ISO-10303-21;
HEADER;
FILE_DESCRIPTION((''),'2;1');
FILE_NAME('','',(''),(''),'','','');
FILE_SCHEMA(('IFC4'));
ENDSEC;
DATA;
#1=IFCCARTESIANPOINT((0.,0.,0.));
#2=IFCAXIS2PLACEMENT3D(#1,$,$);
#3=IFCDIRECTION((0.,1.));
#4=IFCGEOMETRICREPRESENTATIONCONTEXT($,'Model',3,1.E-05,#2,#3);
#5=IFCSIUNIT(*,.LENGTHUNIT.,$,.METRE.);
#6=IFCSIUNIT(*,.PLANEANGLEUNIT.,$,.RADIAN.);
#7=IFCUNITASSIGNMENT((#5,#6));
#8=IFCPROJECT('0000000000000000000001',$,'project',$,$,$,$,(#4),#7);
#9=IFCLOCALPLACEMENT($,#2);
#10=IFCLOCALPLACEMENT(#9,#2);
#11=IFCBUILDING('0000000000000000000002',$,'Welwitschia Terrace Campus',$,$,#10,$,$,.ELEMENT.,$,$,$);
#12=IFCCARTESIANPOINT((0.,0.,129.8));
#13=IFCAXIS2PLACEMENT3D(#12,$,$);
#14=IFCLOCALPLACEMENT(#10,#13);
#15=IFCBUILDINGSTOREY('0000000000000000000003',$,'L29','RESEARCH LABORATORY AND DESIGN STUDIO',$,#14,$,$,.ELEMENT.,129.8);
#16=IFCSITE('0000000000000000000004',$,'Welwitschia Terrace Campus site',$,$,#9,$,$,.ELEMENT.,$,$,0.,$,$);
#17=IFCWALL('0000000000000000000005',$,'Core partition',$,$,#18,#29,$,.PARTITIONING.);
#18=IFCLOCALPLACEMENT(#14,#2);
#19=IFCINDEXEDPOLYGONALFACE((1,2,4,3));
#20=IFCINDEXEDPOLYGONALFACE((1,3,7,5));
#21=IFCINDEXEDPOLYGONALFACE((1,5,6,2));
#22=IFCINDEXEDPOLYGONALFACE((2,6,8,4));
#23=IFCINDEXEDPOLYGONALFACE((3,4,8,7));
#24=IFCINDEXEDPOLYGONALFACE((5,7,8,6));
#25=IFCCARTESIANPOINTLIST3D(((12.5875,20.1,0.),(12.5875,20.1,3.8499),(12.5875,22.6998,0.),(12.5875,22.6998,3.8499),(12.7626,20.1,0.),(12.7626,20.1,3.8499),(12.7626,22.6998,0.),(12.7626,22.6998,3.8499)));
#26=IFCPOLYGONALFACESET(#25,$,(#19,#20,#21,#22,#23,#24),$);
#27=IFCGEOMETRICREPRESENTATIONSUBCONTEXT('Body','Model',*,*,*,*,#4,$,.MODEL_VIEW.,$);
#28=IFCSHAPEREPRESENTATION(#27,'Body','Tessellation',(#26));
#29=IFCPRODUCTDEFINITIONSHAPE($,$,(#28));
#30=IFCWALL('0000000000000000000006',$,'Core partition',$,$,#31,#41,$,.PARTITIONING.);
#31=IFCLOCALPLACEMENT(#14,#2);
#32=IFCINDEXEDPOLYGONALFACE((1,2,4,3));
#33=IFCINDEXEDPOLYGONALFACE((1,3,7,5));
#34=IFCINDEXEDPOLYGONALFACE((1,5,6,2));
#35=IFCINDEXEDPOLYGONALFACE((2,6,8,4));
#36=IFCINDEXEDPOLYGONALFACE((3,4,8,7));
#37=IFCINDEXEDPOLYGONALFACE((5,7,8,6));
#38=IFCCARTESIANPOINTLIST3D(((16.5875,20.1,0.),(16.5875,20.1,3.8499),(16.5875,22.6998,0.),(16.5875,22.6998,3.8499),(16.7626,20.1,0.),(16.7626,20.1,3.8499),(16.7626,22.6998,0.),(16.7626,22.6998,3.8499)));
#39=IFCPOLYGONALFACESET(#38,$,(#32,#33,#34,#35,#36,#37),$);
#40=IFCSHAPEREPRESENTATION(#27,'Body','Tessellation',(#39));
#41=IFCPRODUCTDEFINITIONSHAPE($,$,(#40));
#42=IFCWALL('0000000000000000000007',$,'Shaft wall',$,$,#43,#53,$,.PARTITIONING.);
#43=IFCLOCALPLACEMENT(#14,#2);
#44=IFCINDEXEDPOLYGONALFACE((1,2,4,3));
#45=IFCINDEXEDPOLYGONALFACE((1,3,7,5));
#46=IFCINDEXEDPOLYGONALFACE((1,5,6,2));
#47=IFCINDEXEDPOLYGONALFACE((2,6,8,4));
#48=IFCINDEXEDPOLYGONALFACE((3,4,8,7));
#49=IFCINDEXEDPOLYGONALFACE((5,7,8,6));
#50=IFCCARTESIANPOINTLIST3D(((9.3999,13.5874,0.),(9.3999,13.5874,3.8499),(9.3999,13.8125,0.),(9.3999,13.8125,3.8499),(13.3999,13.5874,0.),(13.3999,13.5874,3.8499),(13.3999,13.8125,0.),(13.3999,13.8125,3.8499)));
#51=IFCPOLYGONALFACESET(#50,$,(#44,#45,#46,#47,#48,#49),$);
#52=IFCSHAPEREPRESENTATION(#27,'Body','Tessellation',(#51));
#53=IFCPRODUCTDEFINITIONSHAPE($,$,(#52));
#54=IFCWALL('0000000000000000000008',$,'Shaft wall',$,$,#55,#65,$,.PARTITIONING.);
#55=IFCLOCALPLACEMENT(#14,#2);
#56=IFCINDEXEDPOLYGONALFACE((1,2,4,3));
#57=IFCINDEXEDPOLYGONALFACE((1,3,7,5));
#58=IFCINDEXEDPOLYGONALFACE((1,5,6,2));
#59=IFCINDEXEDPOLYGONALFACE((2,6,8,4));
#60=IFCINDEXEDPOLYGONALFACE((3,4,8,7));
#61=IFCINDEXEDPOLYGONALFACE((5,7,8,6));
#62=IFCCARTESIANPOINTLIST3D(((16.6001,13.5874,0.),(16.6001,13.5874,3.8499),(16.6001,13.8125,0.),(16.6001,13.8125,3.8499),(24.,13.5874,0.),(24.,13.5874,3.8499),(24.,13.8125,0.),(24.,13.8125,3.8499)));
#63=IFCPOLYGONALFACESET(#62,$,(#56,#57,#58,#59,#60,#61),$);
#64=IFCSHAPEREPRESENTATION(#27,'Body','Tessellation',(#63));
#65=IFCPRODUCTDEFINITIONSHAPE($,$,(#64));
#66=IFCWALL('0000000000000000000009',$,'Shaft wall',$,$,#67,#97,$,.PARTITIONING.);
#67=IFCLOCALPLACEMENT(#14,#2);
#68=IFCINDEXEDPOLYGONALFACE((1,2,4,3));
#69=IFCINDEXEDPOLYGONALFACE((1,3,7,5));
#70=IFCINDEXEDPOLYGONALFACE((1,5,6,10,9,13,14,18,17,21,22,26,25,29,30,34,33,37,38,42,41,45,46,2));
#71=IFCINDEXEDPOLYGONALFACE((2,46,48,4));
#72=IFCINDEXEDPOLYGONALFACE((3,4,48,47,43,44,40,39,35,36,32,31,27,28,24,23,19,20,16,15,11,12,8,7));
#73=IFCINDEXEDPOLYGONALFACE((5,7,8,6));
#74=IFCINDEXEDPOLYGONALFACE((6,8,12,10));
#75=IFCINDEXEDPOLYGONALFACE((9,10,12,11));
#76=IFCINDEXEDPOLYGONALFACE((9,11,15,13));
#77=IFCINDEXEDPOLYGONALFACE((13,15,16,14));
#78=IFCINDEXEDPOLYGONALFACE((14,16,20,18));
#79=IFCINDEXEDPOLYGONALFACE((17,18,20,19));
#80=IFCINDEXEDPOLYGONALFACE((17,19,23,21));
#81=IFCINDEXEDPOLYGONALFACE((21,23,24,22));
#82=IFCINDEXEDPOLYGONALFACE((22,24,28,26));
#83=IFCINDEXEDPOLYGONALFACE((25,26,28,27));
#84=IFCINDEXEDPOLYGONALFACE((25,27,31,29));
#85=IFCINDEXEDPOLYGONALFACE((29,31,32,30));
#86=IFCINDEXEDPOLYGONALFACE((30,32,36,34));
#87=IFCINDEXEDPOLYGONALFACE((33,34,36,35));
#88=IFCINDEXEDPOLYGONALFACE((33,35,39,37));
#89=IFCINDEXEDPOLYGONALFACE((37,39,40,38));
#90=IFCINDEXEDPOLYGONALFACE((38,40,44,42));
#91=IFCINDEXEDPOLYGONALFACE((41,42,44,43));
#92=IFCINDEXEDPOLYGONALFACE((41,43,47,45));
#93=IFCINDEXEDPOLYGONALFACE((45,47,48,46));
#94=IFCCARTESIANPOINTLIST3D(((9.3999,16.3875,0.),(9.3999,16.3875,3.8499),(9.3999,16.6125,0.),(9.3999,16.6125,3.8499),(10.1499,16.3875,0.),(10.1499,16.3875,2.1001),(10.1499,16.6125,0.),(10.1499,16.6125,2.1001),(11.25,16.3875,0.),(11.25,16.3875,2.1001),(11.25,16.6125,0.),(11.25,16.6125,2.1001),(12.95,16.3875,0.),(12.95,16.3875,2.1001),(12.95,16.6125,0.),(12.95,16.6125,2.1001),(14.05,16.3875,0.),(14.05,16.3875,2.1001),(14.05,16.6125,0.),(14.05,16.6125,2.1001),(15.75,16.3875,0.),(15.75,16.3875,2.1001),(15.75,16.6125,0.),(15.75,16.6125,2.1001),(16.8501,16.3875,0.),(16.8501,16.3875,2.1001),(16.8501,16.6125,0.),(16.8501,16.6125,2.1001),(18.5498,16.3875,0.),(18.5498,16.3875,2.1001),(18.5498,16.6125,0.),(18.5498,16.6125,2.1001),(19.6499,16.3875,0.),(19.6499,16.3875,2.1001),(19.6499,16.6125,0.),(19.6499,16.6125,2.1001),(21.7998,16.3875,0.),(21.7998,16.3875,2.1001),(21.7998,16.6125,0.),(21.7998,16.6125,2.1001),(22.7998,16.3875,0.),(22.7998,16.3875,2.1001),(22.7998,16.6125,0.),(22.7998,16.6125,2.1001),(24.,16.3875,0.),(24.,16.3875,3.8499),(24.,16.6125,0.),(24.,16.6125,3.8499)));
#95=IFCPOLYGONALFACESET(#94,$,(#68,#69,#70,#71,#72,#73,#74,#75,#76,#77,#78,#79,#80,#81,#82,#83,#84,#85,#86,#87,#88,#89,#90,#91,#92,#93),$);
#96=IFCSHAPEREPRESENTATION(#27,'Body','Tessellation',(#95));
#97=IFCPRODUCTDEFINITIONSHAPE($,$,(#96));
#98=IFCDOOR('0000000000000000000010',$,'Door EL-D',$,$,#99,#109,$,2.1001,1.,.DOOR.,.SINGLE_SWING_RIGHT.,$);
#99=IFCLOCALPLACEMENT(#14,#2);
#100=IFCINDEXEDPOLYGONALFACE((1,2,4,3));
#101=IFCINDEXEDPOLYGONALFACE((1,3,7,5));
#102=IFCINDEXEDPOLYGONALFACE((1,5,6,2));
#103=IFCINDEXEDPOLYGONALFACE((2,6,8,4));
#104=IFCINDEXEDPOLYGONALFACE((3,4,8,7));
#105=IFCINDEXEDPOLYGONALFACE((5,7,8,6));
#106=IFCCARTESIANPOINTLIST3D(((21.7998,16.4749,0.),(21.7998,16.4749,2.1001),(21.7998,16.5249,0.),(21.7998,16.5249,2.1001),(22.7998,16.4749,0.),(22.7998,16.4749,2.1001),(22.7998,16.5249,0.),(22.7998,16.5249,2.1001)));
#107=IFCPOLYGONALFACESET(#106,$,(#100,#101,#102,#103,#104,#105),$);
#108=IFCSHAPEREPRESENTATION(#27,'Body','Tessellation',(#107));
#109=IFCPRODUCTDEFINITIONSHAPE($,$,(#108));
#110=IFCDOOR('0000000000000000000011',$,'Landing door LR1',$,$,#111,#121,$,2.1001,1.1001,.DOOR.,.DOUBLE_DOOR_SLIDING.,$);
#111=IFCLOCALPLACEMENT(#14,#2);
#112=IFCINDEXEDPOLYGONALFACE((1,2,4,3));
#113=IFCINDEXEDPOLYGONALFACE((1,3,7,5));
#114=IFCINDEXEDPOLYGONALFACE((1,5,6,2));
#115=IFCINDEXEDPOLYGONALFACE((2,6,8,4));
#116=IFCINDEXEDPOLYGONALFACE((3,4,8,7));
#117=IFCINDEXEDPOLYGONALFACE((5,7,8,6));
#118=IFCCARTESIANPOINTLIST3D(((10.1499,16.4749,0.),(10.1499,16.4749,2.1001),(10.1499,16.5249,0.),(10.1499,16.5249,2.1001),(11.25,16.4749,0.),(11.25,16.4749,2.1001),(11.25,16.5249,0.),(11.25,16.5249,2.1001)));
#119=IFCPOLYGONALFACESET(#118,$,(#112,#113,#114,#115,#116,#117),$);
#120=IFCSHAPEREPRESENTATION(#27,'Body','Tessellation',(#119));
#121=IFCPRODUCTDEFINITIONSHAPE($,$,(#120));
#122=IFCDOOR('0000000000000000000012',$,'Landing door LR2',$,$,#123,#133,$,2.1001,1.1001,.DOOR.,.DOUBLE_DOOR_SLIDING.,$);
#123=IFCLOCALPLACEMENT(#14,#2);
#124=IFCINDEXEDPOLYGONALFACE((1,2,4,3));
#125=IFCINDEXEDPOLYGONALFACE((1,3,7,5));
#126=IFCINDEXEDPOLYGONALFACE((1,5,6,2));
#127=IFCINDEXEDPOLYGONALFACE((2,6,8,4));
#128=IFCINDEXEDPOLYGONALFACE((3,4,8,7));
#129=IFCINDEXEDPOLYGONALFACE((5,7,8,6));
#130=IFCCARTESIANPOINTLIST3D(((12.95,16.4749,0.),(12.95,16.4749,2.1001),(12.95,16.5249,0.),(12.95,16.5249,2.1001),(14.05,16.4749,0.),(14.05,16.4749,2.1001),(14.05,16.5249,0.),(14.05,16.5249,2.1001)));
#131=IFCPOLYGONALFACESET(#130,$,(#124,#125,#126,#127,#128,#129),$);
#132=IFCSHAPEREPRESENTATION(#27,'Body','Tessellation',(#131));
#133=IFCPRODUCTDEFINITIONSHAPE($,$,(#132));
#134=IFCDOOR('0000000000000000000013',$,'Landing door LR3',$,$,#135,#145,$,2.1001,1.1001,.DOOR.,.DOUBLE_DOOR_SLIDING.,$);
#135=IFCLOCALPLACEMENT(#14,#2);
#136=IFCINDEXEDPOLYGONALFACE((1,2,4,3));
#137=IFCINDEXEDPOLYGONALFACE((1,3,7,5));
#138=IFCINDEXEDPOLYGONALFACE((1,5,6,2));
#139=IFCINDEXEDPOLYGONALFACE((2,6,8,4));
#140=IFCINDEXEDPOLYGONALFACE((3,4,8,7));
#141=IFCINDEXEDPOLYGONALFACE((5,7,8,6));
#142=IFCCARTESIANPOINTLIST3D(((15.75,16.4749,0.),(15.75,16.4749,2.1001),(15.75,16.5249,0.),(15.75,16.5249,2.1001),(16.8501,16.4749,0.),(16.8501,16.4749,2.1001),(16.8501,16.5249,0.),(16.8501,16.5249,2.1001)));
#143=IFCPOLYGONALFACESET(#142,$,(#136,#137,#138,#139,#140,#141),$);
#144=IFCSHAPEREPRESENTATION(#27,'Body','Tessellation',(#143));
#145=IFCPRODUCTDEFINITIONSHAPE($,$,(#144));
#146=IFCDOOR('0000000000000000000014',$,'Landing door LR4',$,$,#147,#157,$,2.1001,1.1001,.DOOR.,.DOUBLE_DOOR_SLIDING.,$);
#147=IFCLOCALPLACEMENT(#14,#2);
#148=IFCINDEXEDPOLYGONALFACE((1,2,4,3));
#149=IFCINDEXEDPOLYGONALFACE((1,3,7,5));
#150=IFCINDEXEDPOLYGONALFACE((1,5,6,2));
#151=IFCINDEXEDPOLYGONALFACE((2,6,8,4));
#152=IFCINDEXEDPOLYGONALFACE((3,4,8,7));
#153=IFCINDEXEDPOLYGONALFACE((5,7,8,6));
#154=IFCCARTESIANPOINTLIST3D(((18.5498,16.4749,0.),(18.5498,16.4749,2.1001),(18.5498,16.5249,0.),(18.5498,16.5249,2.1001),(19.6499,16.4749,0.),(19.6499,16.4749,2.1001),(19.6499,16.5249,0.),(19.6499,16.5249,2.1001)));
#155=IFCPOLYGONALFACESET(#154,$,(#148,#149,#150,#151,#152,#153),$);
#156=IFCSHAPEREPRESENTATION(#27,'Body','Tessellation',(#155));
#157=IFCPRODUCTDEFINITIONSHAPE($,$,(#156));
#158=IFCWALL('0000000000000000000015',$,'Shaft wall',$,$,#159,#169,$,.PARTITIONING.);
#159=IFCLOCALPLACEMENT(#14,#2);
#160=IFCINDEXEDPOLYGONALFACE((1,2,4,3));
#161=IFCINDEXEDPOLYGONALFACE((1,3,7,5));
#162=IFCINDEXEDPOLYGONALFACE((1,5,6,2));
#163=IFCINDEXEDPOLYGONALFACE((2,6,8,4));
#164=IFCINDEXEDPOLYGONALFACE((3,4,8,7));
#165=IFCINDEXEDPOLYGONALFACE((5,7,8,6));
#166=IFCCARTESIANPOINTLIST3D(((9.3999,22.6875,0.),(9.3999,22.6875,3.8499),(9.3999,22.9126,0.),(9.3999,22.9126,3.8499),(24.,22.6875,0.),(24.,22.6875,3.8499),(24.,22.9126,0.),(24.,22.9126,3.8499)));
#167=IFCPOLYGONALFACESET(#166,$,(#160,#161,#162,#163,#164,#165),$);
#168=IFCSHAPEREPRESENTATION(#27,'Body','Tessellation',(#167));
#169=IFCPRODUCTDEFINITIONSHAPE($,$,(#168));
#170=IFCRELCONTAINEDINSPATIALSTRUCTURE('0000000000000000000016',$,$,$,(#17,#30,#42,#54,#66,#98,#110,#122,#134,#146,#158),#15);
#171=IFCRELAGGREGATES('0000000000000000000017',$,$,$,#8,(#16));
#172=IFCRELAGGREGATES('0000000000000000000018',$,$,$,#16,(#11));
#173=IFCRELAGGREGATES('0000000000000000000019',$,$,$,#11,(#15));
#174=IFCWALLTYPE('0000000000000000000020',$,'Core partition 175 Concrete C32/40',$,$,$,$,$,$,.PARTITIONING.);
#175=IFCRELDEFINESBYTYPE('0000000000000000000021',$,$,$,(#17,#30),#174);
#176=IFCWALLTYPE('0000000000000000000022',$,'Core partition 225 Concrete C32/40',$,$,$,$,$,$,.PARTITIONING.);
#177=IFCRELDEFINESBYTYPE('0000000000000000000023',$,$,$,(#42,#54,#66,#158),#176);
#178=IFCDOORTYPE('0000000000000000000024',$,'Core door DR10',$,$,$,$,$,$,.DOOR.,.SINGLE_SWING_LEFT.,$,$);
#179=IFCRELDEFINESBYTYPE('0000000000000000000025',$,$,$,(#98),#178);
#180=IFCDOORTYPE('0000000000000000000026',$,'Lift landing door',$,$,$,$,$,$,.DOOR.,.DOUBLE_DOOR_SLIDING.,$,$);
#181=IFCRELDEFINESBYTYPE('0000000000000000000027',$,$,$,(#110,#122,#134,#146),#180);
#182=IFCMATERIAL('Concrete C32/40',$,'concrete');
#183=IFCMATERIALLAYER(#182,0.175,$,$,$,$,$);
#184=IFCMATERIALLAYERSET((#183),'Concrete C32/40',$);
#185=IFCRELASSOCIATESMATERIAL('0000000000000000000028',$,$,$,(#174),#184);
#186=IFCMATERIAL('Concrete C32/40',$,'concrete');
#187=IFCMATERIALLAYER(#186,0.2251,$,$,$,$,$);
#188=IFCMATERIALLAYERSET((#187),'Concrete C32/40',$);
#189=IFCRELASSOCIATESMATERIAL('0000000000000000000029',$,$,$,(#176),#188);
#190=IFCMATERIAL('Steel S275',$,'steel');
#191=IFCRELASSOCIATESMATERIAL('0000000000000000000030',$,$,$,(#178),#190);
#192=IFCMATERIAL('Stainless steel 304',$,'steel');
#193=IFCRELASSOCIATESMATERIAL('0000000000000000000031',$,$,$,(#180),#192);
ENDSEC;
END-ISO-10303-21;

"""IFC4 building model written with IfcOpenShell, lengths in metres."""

from ifc_helpers import new_model, si_unit, direction, frame, frame_2d, origin, place, context, subcontext, project, spatial, rectangle, extrude, material, layer, layer_set, type_object, element, fill, save


model = new_model("IFC4")

# Units and contexts
model_context = context("Model", 3, precision=1e-05, world=origin(), true_north=direction((0.0, 1.0)))
body_context = subcontext(model_context, "Body", "Model", "MODEL_VIEW")
ifc_project = project(units=[si_unit("LENGTHUNIT", "METRE"), si_unit("PLANEANGLEUNIT", "RADIAN")], contexts=[model_context])

# Site, building, storey
site_placement = place(None, origin())
site = spatial("IfcSite", under=ifc_project, at=site_placement, Name="Welwitschia Terrace Campus site", CompositionType="ELEMENT", RefElevation=0.0)
building_placement = place(site_placement, origin())
building = spatial("IfcBuilding", under=site, at=building_placement, Name="Welwitschia Terrace Campus", CompositionType="ELEMENT")
storey_placement = place(building_placement, frame((0.0, 0.0, 129.8)))
storey = spatial("IfcBuildingStorey", under=building, at=storey_placement, Name="L29", Description="RESEARCH LABORATORY AND DESIGN STUDIO", CompositionType="ELEMENT", Elevation=129.8)

# Walls
ifc_material_1 = material(Name="Concrete C32/40", Category="concrete")
ifc_layer_1 = layer(ifc_material_1, 0.175)
ifc_layer_set_1 = layer_set([ifc_layer_1], Name="Concrete C32/40")
wall_type_1 = type_object("IfcWallType", Name="Core partition 175 Concrete C32/40", PredefinedType="PARTITIONING", material=ifc_layer_set_1)
for number, where, z_axis, x_axis, name in (
    (1, (12.675, 20.1001, 0.0), (0.0, 0.0, 1.0), (0.0, 1.0, 0.0), "Core partition"),
    (2, (16.675, 20.1001, 0.0), (0.0, 0.0, 1.0), (0.0, 1.0, 0.0), "Core partition"),
):
    element("IfcWall", number, at=place(storey_placement, frame(where, z_axis=z_axis, x_axis=x_axis)), inside=storey, type_object=wall_type_1, Name=name, PredefinedType="PARTITIONING", context=body_context, shape_type="SweptSolid", body=[
        extrude(rectangle(XDim=2.5999, YDim=0.175, at=frame_2d((1.2998, 0.0))), origin(), (0.0, 0.0, 1.0), 3.8499),
    ])
ifc_material_2 = material(Name="Concrete C32/40", Category="concrete")
ifc_layer_2 = layer(ifc_material_2, 0.2251)
ifc_layer_set_2 = layer_set([ifc_layer_2], Name="Concrete C32/40")
wall_type_2 = type_object("IfcWallType", Name="Core partition 225 Concrete C32/40", PredefinedType="PARTITIONING", material=ifc_layer_set_2)
wall_1_placement = place(storey_placement, frame((9.3999, 13.7, 0.0), z_axis=(0.0, 0.0, 1.0), x_axis=(1.0, 0.0, 0.0)))
element("IfcWall", 3, at=wall_1_placement, inside=storey, type_object=wall_type_2, Name="Shaft wall", PredefinedType="PARTITIONING", context=body_context, shape_type="SweptSolid", body=[
    extrude(rectangle(XDim=4.0, YDim=0.2251, at=frame_2d((2.0, 0.0))), origin(), (0.0, 0.0, 1.0), 3.8499),
])
wall_2_placement = place(storey_placement, frame((16.6001, 13.7, 0.0), z_axis=(0.0, 0.0, 1.0), x_axis=(1.0, 0.0, 0.0)))
element("IfcWall", 4, at=wall_2_placement, inside=storey, type_object=wall_type_2, Name="Shaft wall", PredefinedType="PARTITIONING", context=body_context, shape_type="SweptSolid", body=[
    extrude(rectangle(XDim=7.3999, YDim=0.2251, at=frame_2d((3.7, 0.0))), origin(), (0.0, 0.0, 1.0), 3.8499),
])

# Wall, openings, doors
wall_3_placement = place(storey_placement, frame((9.3999, 16.5, 0.0), z_axis=(0.0, 0.0, 1.0), x_axis=(1.0, 0.0, 0.0)))
wall_3 = element("IfcWall", 5, at=wall_3_placement, inside=storey, type_object=wall_type_2, Name="Shaft wall", PredefinedType="PARTITIONING", context=body_context, shape_type="SweptSolid", body=[
    extrude(rectangle(XDim=14.6001, YDim=0.2251, at=frame_2d((7.3, 0.0))), origin(), (0.0, 0.0, 1.0), 3.8499),
])
opening_1_placement = place(wall_3_placement, frame((0.75, 0.0, 0.0)))
opening_1 = element("IfcOpeningElement", 6, at=opening_1_placement, cuts=wall_3, PredefinedType="OPENING", context=body_context, shape_type="SweptSolid", body=[
    extrude(rectangle(XDim=1.1001, YDim=2.1001, at=frame_2d((0.55, 1.05))), frame((0.0, 0.1226, 0.0), z_axis=(0.0, -1.0, 0.0), x_axis=(1.0, 0.0, 0.0)), (0.0, 0.0, 1.0), 0.2451),
])
opening_2_placement = place(wall_3_placement, frame((3.55, 0.0, 0.0)))
opening_2 = element("IfcOpeningElement", 7, at=opening_2_placement, cuts=wall_3, PredefinedType="OPENING", context=body_context, shape_type="SweptSolid", body=[
    extrude(rectangle(XDim=1.1001, YDim=2.1001, at=frame_2d((0.55, 1.05))), frame((0.0, 0.1226, 0.0), z_axis=(0.0, -1.0, 0.0), x_axis=(1.0, 0.0, 0.0)), (0.0, 0.0, 1.0), 0.2451),
])
opening_3_placement = place(wall_3_placement, frame((6.3501, 0.0, 0.0)))
opening_3 = element("IfcOpeningElement", 8, at=opening_3_placement, cuts=wall_3, PredefinedType="OPENING", context=body_context, shape_type="SweptSolid", body=[
    extrude(rectangle(XDim=1.1001, YDim=2.1001, at=frame_2d((0.55, 1.05))), frame((0.0, 0.1226, 0.0), z_axis=(0.0, -1.0, 0.0), x_axis=(1.0, 0.0, 0.0)), (0.0, 0.0, 1.0), 0.2451),
])
opening_4_placement = place(wall_3_placement, frame((9.1499, 0.0, 0.0)))
opening_4 = element("IfcOpeningElement", 9, at=opening_4_placement, cuts=wall_3, PredefinedType="OPENING", context=body_context, shape_type="SweptSolid", body=[
    extrude(rectangle(XDim=1.1001, YDim=2.1001, at=frame_2d((0.55, 1.05))), frame((0.0, 0.1226, 0.0), z_axis=(0.0, -1.0, 0.0), x_axis=(1.0, 0.0, 0.0)), (0.0, 0.0, 1.0), 0.2451),
])
opening_5_placement = place(wall_3_placement, frame((12.3999, 0.0, 0.0)))
opening_5 = element("IfcOpeningElement", 10, at=opening_5_placement, cuts=wall_3, PredefinedType="OPENING", context=body_context, shape_type="SweptSolid", body=[
    extrude(rectangle(XDim=1.0, YDim=2.1001, at=frame_2d((0.5, 1.05))), frame((0.0, 0.1226, 0.0), z_axis=(0.0, -1.0, 0.0), x_axis=(1.0, 0.0, 0.0)), (0.0, 0.0, 1.0), 0.2451),
])
ifc_material_3 = material(Name="Steel S275", Category="steel")
door_type_1 = type_object("IfcDoorType", Name="Core door DR10", OperationType="SINGLE_SWING_LEFT", PredefinedType="DOOR", material=ifc_material_3)
door_1_placement = place(opening_5_placement, origin())
door_1 = element("IfcDoor", 11, at=door_1_placement, inside=storey, type_object=door_type_1, Name="Door EL-D", OperationType="SINGLE_SWING_RIGHT", OverallHeight=2.1001, OverallWidth=1.0, PredefinedType="DOOR", context=body_context, shape_type="SweptSolid", body=[
    extrude(rectangle(XDim=1.0, YDim=2.1001, at=frame_2d((0.5, 1.05))), frame((0.0, 0.0249, 0.0), z_axis=(0.0, -1.0, 0.0), x_axis=(1.0, 0.0, 0.0)), (0.0, 0.0, 1.0), 0.05),
])
fill(opening_5, door_1)
ifc_material_4 = material(Name="Stainless steel 304", Category="steel")
door_type_2 = type_object("IfcDoorType", Name="Lift landing door", OperationType="DOUBLE_DOOR_SLIDING", PredefinedType="DOOR", material=ifc_material_4)
door_2_placement = place(opening_1_placement, origin())
door_2 = element("IfcDoor", 12, at=door_2_placement, inside=storey, type_object=door_type_2, Name="Landing door LR1", OperationType="DOUBLE_DOOR_SLIDING", OverallHeight=2.1001, OverallWidth=1.1001, PredefinedType="DOOR", context=body_context, shape_type="SweptSolid", body=[
    extrude(rectangle(XDim=1.1001, YDim=2.1001, at=frame_2d((0.55, 1.05))), frame((0.0, 0.0249, 0.0), z_axis=(0.0, -1.0, 0.0), x_axis=(1.0, 0.0, 0.0)), (0.0, 0.0, 1.0), 0.05),
])
fill(opening_1, door_2)
door_3_placement = place(opening_2_placement, origin())
door_3 = element("IfcDoor", 13, at=door_3_placement, inside=storey, type_object=door_type_2, Name="Landing door LR2", OperationType="DOUBLE_DOOR_SLIDING", OverallHeight=2.1001, OverallWidth=1.1001, PredefinedType="DOOR", context=body_context, shape_type="SweptSolid", body=[
    extrude(rectangle(XDim=1.1001, YDim=2.1001, at=frame_2d((0.55, 1.05))), frame((0.0, 0.0249, 0.0), z_axis=(0.0, -1.0, 0.0), x_axis=(1.0, 0.0, 0.0)), (0.0, 0.0, 1.0), 0.05),
])
fill(opening_2, door_3)
door_4_placement = place(opening_3_placement, origin())
door_4 = element("IfcDoor", 14, at=door_4_placement, inside=storey, type_object=door_type_2, Name="Landing door LR3", OperationType="DOUBLE_DOOR_SLIDING", OverallHeight=2.1001, OverallWidth=1.1001, PredefinedType="DOOR", context=body_context, shape_type="SweptSolid", body=[
    extrude(rectangle(XDim=1.1001, YDim=2.1001, at=frame_2d((0.55, 1.05))), frame((0.0, 0.0249, 0.0), z_axis=(0.0, -1.0, 0.0), x_axis=(1.0, 0.0, 0.0)), (0.0, 0.0, 1.0), 0.05),
])
fill(opening_3, door_4)
door_5_placement = place(opening_4_placement, origin())
door_5 = element("IfcDoor", 15, at=door_5_placement, inside=storey, type_object=door_type_2, Name="Landing door LR4", OperationType="DOUBLE_DOOR_SLIDING", OverallHeight=2.1001, OverallWidth=1.1001, PredefinedType="DOOR", context=body_context, shape_type="SweptSolid", body=[
    extrude(rectangle(XDim=1.1001, YDim=2.1001, at=frame_2d((0.55, 1.05))), frame((0.0, 0.0249, 0.0), z_axis=(0.0, -1.0, 0.0), x_axis=(1.0, 0.0, 0.0)), (0.0, 0.0, 1.0), 0.05),
])
fill(opening_4, door_5)

# Wall
wall_4_placement = place(storey_placement, frame((9.3999, 22.8, 0.0), z_axis=(0.0, 0.0, 1.0), x_axis=(1.0, 0.0, 0.0)))
element("IfcWall", 16, at=wall_4_placement, inside=storey, type_object=wall_type_2, Name="Shaft wall", PredefinedType="PARTITIONING", context=body_context, shape_type="SweptSolid", body=[
    extrude(rectangle(XDim=14.6001, YDim=0.2251, at=frame_2d((7.3, 0.0))), origin(), (0.0, 0.0, 1.0), 3.8499),
])

save(model, "model.ifc")
